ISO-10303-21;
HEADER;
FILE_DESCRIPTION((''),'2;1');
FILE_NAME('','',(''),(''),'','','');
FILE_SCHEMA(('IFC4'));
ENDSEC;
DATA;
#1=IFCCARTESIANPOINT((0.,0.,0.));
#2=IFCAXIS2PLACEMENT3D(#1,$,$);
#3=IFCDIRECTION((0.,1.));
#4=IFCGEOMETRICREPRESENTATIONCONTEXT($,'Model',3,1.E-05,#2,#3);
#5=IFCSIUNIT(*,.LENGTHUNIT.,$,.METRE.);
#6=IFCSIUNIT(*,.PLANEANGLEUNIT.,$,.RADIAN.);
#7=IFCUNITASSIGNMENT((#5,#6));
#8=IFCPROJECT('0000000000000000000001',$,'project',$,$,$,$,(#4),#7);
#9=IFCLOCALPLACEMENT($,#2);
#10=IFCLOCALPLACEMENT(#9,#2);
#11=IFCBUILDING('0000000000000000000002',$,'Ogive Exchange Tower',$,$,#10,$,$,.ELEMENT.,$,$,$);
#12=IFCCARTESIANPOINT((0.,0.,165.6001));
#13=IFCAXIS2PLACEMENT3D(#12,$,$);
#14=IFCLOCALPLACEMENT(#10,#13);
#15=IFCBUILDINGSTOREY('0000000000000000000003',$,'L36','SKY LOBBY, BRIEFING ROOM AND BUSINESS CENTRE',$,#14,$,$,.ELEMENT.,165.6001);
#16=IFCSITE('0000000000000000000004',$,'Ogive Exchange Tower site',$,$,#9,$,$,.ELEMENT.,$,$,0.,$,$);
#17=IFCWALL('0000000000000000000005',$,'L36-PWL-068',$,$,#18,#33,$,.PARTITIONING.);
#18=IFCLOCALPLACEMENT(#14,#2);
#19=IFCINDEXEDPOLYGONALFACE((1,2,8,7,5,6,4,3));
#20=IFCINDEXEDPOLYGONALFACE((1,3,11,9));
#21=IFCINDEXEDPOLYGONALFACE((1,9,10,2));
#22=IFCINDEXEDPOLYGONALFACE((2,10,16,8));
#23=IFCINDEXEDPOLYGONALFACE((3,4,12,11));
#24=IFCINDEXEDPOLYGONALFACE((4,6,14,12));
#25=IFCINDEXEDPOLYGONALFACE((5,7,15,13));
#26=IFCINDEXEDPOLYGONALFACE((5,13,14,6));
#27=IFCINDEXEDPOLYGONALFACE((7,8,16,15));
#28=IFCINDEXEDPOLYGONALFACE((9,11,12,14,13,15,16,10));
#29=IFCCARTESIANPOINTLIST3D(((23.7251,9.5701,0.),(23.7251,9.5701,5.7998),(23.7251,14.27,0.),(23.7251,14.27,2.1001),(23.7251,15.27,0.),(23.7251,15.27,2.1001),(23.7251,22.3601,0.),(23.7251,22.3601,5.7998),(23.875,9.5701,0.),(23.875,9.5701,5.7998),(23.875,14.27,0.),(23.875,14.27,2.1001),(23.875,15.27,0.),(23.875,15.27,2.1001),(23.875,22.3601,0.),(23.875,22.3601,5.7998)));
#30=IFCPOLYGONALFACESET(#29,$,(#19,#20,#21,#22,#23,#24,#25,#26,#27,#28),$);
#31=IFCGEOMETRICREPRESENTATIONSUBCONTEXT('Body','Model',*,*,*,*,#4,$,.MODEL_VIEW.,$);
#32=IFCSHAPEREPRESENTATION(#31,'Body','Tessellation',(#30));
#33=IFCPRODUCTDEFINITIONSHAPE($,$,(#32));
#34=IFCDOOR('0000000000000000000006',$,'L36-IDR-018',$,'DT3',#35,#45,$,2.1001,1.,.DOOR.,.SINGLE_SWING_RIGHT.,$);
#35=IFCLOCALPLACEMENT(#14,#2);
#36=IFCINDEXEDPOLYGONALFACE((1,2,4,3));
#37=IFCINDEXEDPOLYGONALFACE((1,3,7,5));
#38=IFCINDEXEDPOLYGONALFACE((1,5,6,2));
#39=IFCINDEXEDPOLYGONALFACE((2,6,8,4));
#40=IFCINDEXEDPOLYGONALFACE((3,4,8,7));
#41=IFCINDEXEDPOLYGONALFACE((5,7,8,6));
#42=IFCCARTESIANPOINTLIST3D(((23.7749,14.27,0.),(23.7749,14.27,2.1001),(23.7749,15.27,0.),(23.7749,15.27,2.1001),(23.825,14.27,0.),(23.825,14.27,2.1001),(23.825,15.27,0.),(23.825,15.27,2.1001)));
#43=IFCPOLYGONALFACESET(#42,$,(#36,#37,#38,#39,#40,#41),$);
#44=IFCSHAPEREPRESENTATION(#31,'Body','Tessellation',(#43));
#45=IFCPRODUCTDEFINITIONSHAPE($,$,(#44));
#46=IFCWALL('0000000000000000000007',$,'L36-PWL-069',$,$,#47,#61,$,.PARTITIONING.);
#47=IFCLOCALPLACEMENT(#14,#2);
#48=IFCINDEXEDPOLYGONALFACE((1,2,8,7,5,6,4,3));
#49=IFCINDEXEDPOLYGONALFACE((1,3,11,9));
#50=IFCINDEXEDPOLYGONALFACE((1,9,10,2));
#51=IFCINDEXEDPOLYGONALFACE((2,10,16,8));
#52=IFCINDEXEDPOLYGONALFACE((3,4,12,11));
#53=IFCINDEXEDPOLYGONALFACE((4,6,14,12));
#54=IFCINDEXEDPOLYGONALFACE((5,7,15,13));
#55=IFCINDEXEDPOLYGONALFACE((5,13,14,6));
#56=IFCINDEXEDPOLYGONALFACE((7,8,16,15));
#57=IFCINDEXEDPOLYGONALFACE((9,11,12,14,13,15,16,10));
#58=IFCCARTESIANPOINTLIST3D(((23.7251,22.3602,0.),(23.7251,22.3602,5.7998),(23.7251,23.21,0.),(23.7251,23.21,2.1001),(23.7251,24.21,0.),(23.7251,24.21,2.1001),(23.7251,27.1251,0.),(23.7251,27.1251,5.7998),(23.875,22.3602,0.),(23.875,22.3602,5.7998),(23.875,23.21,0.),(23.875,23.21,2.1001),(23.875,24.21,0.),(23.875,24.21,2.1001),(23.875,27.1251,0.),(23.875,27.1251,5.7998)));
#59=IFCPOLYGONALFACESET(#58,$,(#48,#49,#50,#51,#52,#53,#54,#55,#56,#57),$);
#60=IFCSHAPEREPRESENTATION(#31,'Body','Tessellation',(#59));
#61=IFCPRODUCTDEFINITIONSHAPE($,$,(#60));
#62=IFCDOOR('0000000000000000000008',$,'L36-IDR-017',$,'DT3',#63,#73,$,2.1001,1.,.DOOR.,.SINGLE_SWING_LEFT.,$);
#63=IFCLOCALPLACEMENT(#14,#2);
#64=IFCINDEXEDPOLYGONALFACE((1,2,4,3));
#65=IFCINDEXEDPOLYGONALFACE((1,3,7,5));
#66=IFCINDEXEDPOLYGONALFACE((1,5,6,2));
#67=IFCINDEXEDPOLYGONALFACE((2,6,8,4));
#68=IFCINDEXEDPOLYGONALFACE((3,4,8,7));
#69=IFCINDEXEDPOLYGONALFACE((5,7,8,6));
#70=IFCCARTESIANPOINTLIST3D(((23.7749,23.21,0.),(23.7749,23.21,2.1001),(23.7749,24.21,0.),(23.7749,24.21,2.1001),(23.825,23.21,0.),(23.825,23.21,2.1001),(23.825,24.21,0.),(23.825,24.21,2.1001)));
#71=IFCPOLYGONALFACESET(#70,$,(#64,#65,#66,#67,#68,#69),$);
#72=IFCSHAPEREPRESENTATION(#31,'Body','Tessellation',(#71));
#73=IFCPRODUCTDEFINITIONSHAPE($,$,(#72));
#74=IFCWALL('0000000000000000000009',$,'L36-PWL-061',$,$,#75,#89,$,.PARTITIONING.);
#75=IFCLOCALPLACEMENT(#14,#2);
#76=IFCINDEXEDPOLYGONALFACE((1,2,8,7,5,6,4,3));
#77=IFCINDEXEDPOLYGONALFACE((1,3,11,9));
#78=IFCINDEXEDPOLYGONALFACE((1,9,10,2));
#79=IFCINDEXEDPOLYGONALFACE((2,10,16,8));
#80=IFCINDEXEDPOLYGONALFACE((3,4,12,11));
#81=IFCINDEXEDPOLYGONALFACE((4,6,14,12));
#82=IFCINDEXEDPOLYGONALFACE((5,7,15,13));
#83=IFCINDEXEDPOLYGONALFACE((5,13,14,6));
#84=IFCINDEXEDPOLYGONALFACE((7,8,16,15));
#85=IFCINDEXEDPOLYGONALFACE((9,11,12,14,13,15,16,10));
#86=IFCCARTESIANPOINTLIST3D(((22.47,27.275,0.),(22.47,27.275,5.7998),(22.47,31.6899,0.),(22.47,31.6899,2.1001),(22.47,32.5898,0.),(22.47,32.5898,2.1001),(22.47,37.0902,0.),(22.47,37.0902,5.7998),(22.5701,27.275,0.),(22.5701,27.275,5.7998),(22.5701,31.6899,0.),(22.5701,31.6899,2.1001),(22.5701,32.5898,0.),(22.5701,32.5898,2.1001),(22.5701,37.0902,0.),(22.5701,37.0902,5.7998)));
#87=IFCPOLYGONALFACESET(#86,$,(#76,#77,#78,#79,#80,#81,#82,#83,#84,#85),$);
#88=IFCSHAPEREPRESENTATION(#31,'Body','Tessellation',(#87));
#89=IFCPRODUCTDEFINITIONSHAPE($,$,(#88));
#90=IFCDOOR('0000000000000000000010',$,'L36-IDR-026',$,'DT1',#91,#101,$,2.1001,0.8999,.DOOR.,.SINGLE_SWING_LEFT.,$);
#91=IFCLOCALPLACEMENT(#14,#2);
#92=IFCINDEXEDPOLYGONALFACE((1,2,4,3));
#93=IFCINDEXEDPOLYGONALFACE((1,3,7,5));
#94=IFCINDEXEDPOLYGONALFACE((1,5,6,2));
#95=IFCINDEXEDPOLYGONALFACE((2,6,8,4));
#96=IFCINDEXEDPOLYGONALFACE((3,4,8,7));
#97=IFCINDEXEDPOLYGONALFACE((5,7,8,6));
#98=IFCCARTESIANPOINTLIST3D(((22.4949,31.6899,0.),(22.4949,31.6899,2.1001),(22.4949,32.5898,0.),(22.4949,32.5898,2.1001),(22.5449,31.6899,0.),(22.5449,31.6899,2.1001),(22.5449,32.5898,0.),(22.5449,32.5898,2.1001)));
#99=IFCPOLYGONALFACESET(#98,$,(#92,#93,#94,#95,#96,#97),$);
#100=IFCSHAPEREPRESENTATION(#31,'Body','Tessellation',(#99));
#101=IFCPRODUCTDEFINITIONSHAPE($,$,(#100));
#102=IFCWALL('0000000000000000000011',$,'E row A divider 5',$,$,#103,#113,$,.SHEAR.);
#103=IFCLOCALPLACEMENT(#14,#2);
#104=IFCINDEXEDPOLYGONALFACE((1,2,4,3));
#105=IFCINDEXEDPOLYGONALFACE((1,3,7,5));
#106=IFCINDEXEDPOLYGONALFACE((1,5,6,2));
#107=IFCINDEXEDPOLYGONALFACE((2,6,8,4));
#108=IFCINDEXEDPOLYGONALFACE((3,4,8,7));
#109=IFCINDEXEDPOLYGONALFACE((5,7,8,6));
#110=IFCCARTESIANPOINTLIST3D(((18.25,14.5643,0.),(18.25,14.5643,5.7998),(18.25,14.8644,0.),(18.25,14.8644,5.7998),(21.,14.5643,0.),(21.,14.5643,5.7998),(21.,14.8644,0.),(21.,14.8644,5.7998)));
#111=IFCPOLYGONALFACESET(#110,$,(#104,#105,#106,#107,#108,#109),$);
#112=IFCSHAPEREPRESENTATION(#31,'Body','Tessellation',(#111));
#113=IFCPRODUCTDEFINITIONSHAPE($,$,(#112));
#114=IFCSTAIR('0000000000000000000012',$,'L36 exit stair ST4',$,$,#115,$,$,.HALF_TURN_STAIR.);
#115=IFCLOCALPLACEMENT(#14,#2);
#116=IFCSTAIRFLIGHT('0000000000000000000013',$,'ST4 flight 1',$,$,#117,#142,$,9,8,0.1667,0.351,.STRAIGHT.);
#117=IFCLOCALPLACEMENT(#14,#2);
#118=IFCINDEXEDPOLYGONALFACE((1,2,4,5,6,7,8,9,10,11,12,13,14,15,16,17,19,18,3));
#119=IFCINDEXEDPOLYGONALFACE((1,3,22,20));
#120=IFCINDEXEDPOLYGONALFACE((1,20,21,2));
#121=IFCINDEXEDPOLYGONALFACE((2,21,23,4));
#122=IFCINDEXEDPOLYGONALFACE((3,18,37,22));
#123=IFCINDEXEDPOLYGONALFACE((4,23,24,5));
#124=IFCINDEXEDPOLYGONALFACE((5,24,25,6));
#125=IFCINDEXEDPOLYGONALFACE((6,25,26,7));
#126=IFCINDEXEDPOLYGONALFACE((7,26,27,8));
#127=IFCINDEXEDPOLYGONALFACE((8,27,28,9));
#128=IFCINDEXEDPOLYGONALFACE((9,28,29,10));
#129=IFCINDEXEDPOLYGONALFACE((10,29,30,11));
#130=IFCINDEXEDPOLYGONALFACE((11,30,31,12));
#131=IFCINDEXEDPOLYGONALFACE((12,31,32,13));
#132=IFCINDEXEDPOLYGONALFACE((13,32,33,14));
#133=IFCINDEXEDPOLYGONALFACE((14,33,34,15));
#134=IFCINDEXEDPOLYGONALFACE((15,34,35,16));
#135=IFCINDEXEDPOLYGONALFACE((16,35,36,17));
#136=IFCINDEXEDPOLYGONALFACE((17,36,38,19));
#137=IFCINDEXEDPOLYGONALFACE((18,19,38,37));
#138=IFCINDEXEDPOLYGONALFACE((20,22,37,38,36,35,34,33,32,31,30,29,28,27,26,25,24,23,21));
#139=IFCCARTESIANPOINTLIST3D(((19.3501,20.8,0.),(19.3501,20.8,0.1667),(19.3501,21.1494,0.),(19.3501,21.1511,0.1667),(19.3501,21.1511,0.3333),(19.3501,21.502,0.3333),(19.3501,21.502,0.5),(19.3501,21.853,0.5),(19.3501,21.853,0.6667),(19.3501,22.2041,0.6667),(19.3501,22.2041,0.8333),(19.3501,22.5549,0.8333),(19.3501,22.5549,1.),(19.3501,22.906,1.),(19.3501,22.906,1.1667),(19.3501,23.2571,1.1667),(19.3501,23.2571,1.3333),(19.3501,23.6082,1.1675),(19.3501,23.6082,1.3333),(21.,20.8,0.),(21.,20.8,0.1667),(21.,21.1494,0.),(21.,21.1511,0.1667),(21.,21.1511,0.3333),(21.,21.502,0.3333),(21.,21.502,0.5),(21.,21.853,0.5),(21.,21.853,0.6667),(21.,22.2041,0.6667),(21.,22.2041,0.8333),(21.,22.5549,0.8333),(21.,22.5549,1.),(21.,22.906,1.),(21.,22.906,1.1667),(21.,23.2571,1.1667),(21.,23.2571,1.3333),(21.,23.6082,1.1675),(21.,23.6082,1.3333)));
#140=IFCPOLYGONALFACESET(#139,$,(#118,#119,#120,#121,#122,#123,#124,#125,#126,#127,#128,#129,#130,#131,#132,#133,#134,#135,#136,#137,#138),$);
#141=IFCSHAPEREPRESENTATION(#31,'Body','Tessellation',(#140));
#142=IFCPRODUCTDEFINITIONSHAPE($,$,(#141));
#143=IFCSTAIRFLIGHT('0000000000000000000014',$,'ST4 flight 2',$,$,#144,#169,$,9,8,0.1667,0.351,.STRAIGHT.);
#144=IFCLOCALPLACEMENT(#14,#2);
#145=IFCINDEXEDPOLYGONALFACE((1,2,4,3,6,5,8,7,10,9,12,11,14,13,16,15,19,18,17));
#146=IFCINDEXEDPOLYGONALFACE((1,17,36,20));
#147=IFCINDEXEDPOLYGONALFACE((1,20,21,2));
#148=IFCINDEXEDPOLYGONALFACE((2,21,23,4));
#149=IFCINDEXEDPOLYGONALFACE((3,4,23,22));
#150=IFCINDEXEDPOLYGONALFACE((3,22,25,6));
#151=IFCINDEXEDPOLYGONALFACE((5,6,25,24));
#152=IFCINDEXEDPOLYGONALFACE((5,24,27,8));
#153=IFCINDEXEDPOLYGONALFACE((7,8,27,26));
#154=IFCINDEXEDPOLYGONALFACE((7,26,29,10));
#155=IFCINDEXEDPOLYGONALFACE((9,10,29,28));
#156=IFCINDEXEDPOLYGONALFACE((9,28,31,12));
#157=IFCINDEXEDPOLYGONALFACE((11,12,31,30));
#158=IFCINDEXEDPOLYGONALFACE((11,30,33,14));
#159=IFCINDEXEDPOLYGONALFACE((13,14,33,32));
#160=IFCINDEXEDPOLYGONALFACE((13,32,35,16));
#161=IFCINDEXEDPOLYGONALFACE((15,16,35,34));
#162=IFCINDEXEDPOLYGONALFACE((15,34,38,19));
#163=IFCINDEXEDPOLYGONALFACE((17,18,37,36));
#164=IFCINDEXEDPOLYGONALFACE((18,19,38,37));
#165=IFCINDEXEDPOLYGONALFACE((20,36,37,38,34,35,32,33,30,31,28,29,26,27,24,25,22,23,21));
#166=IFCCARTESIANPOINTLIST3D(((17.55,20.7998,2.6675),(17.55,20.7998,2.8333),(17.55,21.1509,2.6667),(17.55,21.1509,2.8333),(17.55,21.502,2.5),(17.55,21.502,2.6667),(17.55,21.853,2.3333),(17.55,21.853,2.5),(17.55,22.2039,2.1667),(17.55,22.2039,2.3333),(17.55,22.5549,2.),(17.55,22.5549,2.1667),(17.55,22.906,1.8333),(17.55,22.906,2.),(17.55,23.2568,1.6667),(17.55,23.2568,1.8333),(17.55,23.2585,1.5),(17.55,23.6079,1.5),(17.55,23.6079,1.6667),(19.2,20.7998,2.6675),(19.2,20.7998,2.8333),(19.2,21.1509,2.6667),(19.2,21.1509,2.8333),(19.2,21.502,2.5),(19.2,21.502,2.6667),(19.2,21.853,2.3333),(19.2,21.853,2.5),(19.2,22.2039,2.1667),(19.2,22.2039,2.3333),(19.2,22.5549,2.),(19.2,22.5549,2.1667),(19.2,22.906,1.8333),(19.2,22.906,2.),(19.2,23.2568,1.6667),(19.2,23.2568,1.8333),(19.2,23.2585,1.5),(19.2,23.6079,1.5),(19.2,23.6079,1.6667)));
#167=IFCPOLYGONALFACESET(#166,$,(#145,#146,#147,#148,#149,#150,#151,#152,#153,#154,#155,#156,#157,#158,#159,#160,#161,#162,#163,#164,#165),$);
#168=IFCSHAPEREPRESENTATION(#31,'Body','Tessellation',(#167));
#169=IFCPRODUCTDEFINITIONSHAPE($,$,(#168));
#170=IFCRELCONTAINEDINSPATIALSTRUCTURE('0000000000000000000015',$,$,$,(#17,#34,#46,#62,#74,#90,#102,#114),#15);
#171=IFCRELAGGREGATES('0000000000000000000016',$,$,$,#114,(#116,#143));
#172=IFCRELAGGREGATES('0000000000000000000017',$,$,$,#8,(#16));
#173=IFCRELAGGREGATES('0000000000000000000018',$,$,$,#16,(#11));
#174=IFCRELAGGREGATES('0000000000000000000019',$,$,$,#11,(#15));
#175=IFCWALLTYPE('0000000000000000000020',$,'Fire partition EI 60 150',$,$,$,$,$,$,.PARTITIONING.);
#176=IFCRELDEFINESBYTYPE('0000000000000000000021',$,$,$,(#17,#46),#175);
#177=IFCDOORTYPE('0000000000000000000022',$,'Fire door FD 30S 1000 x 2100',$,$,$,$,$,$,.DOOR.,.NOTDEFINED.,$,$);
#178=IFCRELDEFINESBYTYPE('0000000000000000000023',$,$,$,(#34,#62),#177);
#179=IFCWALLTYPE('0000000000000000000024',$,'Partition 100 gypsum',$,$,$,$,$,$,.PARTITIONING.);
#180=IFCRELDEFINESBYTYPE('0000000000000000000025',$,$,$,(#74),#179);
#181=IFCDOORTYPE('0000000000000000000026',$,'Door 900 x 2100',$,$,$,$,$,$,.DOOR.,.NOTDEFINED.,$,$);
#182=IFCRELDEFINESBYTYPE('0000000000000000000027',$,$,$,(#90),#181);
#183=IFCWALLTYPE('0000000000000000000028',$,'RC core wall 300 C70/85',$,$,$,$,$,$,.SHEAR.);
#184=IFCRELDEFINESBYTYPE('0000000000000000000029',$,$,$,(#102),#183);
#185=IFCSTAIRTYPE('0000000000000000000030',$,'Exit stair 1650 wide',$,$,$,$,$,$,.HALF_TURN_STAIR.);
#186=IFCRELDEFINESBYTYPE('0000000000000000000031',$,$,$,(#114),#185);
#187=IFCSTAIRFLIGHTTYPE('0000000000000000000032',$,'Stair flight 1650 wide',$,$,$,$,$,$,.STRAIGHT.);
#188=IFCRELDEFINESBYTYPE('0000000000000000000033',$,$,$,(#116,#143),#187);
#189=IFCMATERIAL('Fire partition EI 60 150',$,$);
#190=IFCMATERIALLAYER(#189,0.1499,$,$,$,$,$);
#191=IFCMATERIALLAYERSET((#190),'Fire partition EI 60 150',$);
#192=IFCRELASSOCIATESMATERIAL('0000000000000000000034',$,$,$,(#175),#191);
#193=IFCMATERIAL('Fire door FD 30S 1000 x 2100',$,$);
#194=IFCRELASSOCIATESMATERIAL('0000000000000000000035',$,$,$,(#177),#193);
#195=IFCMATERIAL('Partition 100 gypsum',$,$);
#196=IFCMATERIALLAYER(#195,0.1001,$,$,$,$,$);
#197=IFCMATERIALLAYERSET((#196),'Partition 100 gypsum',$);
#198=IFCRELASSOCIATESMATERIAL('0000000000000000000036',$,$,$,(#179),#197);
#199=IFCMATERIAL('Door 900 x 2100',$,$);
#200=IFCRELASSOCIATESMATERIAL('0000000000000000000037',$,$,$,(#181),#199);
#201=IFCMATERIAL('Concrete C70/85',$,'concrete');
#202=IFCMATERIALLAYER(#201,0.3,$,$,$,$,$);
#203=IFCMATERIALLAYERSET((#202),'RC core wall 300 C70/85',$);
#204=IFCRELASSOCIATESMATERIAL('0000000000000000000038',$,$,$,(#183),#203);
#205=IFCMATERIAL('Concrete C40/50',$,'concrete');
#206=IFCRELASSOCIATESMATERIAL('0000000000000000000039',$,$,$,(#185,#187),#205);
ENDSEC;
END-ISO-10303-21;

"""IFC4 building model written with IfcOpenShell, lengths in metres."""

from ifc_helpers import new_model, si_unit, direction, frame, frame_2d, origin, place, context, subcontext, project, spatial, polyline, rectangle, outline, extrude, material, layer, layer_set, type_object, element, fill, aggregate, save


model = new_model("IFC4")

# Units and contexts
model_context = context("Model", 3, precision=1e-05, world=origin(), true_north=direction((0.0, 1.0)))
body_context = subcontext(model_context, "Body", "Model", "MODEL_VIEW")
ifc_project = project(units=[si_unit("LENGTHUNIT", "METRE"), si_unit("PLANEANGLEUNIT", "RADIAN")], contexts=[model_context])

# Site, building, storey
site_placement = place(None, origin())
site = spatial("IfcSite", under=ifc_project, at=site_placement, Name="Ogive Exchange Tower site", CompositionType="ELEMENT", RefElevation=0.0)
building_placement = place(site_placement, origin())
building = spatial("IfcBuilding", under=site, at=building_placement, Name="Ogive Exchange Tower", CompositionType="ELEMENT")
storey_placement = place(building_placement, frame((0.0, 0.0, 165.6001)))
storey = spatial("IfcBuildingStorey", under=building, at=storey_placement, Name="L36", Description="SKY LOBBY, BRIEFING ROOM AND BUSINESS CENTRE", CompositionType="ELEMENT", Elevation=165.6001)

# Shared definitions
ifc_material_1 = material(Name="Fire partition EI 60 150")
ifc_layer_1 = layer(ifc_material_1, 0.1499)
ifc_layer_set_1 = layer_set([ifc_layer_1], Name="Fire partition EI 60 150")
wall_type_1 = type_object("IfcWallType", Name="Fire partition EI 60 150", PredefinedType="PARTITIONING", material=ifc_layer_set_1)

# Walls, openings, doors
wall_1_placement = place(storey_placement, frame((23.8, 22.3601, 0.0), z_axis=(0.0, 0.0, 1.0), x_axis=(0.0, -1.0, 0.0)))
wall_1 = element("IfcWall", 1, at=wall_1_placement, inside=storey, type_object=wall_type_1, Name="L36-PWL-068", PredefinedType="PARTITIONING", context=body_context, shape_type="SweptSolid", body=[
    extrude(rectangle(XDim=12.79, YDim=0.1499, at=frame_2d((6.395, 0.0))), origin(), (0.0, 0.0, 1.0), 5.7998),
])
opening_1_placement = place(wall_1_placement, frame((7.0901, 0.0, 0.0)))
opening_1 = element("IfcOpeningElement", 2, at=opening_1_placement, cuts=wall_1, PredefinedType="OPENING", context=body_context, shape_type="SweptSolid", body=[
    extrude(rectangle(XDim=1.0, YDim=2.1001, at=frame_2d((0.5, 1.05))), frame((0.0, 0.085, 0.0), z_axis=(0.0, -1.0, 0.0), x_axis=(1.0, 0.0, 0.0)), (0.0, 0.0, 1.0), 0.1699),
])
ifc_material_2 = material(Name="Fire door FD 30S 1000 x 2100")
door_type_1 = type_object("IfcDoorType", Name="Fire door FD 30S 1000 x 2100", OperationType="NOTDEFINED", PredefinedType="DOOR", material=ifc_material_2)
door_1_placement = place(opening_1_placement, origin())
door_1 = element("IfcDoor", 3, at=door_1_placement, inside=storey, type_object=door_type_1, Name="L36-IDR-018", ObjectType="DT3", OperationType="SINGLE_SWING_RIGHT", OverallHeight=2.1001, OverallWidth=1.0, PredefinedType="DOOR", context=body_context, shape_type="SweptSolid", body=[
    extrude(rectangle(XDim=1.0, YDim=2.1001, at=frame_2d((0.5, 1.05))), frame((0.0, 0.0249, 0.0), z_axis=(0.0, -1.0, 0.0), x_axis=(1.0, 0.0, 0.0)), (0.0, 0.0, 1.0), 0.05),
])
fill(opening_1, door_1)
wall_2_placement = place(storey_placement, frame((23.8, 27.125, 0.0), z_axis=(0.0, 0.0, 1.0), x_axis=(0.0, -1.0, 0.0)))
wall_2 = element("IfcWall", 4, at=wall_2_placement, inside=storey, type_object=wall_type_1, Name="L36-PWL-069", PredefinedType="PARTITIONING", context=body_context, shape_type="SweptSolid", body=[
    extrude(rectangle(XDim=4.7649, YDim=0.1499, at=frame_2d((2.3823, 0.0))), origin(), (0.0, 0.0, 1.0), 5.7998),
])
opening_2_placement = place(wall_2_placement, frame((2.915, 0.0, 0.0)))
opening_2 = element("IfcOpeningElement", 5, at=opening_2_placement, cuts=wall_2, PredefinedType="OPENING", context=body_context, shape_type="SweptSolid", body=[
    extrude(rectangle(XDim=1.0, YDim=2.1001, at=frame_2d((0.5, 1.05))), frame((0.0, 0.085, 0.0), z_axis=(0.0, -1.0, 0.0), x_axis=(1.0, 0.0, 0.0)), (0.0, 0.0, 1.0), 0.1699),
])
door_2_placement = place(opening_2_placement, origin())
door_2 = element("IfcDoor", 6, at=door_2_placement, inside=storey, type_object=door_type_1, Name="L36-IDR-017", ObjectType="DT3", OperationType="SINGLE_SWING_LEFT", OverallHeight=2.1001, OverallWidth=1.0, PredefinedType="DOOR", context=body_context, shape_type="SweptSolid", body=[
    extrude(rectangle(XDim=1.0, YDim=2.1001, at=frame_2d((0.5, 1.05))), frame((0.0, 0.0249, 0.0), z_axis=(0.0, -1.0, 0.0), x_axis=(1.0, 0.0, 0.0)), (0.0, 0.0, 1.0), 0.05),
])
fill(opening_2, door_2)
ifc_material_3 = material(Name="Partition 100 gypsum")
ifc_layer_2 = layer(ifc_material_3, 0.1001)
ifc_layer_set_2 = layer_set([ifc_layer_2], Name="Partition 100 gypsum")
wall_type_2 = type_object("IfcWallType", Name="Partition 100 gypsum", PredefinedType="PARTITIONING", material=ifc_layer_set_2)
wall_3_placement = place(storey_placement, frame((22.52, 27.2749, 0.0), z_axis=(0.0, 0.0, 1.0), x_axis=(0.0, 1.0, 0.0)))
wall_3 = element("IfcWall", 7, at=wall_3_placement, inside=storey, type_object=wall_type_2, Name="L36-PWL-061", PredefinedType="PARTITIONING", context=body_context, shape_type="SweptSolid", body=[
    extrude(rectangle(XDim=9.8152, YDim=0.1001, at=frame_2d((4.9077, 0.0))), origin(), (0.0, 0.0, 1.0), 5.7998),
])
opening_3_placement = place(wall_3_placement, frame((4.415, 0.0, 0.0)))
opening_3 = element("IfcOpeningElement", 8, at=opening_3_placement, cuts=wall_3, PredefinedType="OPENING", context=body_context, shape_type="SweptSolid", body=[
    extrude(rectangle(XDim=0.8999, YDim=2.1001, at=frame_2d((0.45, 1.05))), frame((0.0, 0.0601, 0.0), z_axis=(0.0, -1.0, 0.0), x_axis=(1.0, 0.0, 0.0)), (0.0, 0.0, 1.0), 0.1201),
])
ifc_material_4 = material(Name="Door 900 x 2100")
door_type_2 = type_object("IfcDoorType", Name="Door 900 x 2100", OperationType="NOTDEFINED", PredefinedType="DOOR", material=ifc_material_4)
door_3_placement = place(opening_3_placement, frame((0.8999, 0.0, 0.0), z_axis=(0.0, 0.0, 1.0), x_axis=(-1.0, 0.0, 0.0)))
door_3 = element("IfcDoor", 9, at=door_3_placement, inside=storey, type_object=door_type_2, Name="L36-IDR-026", ObjectType="DT1", OperationType="SINGLE_SWING_LEFT", OverallHeight=2.1001, OverallWidth=0.8999, PredefinedType="DOOR", context=body_context, shape_type="SweptSolid", body=[
    extrude(rectangle(XDim=0.8999, YDim=2.1001, at=frame_2d((0.45, 1.05))), frame((0.0, 0.0249, 0.0), z_axis=(0.0, -1.0, 0.0), x_axis=(1.0, 0.0, 0.0)), (0.0, 0.0, 1.0), 0.05),
])
fill(opening_3, door_3)

# Wall
ifc_material_5 = material(Name="Concrete C70/85", Category="concrete")
ifc_layer_3 = layer(ifc_material_5, 0.3)
ifc_layer_set_3 = layer_set([ifc_layer_3], Name="RC core wall 300 C70/85")
wall_type_3 = type_object("IfcWallType", Name="RC core wall 300 C70/85", PredefinedType="SHEAR", material=ifc_layer_set_3)
wall_4_placement = place(storey_placement, frame((18.25, 14.7144, 0.0), z_axis=(0.0, 0.0, 1.0), x_axis=(1.0, 0.0, 0.0)))
element("IfcWall", 10, at=wall_4_placement, inside=storey, type_object=wall_type_3, Name="E row A divider 5", PredefinedType="SHEAR", context=body_context, shape_type="SweptSolid", body=[
    extrude(rectangle(XDim=2.75, YDim=0.3, at=frame_2d((1.375, 0.0))), origin(), (0.0, 0.0, 1.0), 5.7998),
])

# Stair, stair flights
ifc_material_6 = material(Name="Concrete C40/50", Category="concrete")
stair_type = type_object("IfcStairType", Name="Exit stair 1650 wide", PredefinedType="HALF_TURN_STAIR", material=ifc_material_6)
stair_placement = place(storey_placement, origin())
stair = element("IfcStair", 11, at=stair_placement, inside=storey, type_object=stair_type, Name="L36 exit stair ST4", PredefinedType="HALF_TURN_STAIR")
stair_flight_type = type_object("IfcStairFlightType", Name="Stair flight 1650 wide", PredefinedType="STRAIGHT", material=ifc_material_6)
stair_flight_1_placement = place(storey_placement, frame((20.175, 20.8, 0.0), z_axis=(0.0, 0.0, 1.0), x_axis=(0.0, 1.0, 0.0)))
stair_flight_1 = element("IfcStairFlight", 12, at=stair_flight_1_placement, type_object=stair_flight_type, Name="ST4 flight 1", NumberOfRisers=9, NumberOfTreads=8, PredefinedType="STRAIGHT", RiserHeight=0.1667, TreadLength=0.351, context=body_context, shape_type="SweptSolid", body=[
    extrude(outline(polyline([(0.0, 0.0), (0.0, 0.1667), (0.3511, 0.1667), (0.3511, 0.3333), (0.7019, 0.3333), (0.7019, 0.5), (1.053, 0.5), (1.053, 0.6667), (1.4041, 0.6667), (1.4041, 0.8333), (1.7549, 0.8333), (1.7549, 1.0), (2.106, 1.0), (2.106, 1.1667), (2.457, 1.1667), (2.457, 1.3333), (2.8081, 1.3333), (2.8081, 1.5), (2.8081, 1.1675), (0.3494, 0.0), (0.0, 0.0)])), frame((0.0, 0.825, 0.0), z_axis=(0.0, -1.0, 0.0), x_axis=(1.0, 0.0, 0.0)), (0.0, 0.0, 1.0), 1.6499),
])
stair_flight_2_placement = place(storey_placement, frame((18.375, 23.6079, 1.5), z_axis=(0.0, 0.0, 1.0), x_axis=(0.0, -1.0, 0.0)))
stair_flight_2 = element("IfcStairFlight", 13, at=stair_flight_2_placement, type_object=stair_flight_type, Name="ST4 flight 2", NumberOfRisers=9, NumberOfTreads=8, PredefinedType="STRAIGHT", RiserHeight=0.1667, TreadLength=0.351, context=body_context, shape_type="SweptSolid", body=[
    extrude(outline(polyline([(0.0, 0.0), (0.0, 0.1667), (0.3511, 0.1667), (0.3511, 0.3333), (0.7019, 0.3333), (0.7019, 0.5), (1.053, 0.5), (1.053, 0.6667), (1.4041, 0.6667), (1.4041, 0.8333), (1.7549, 0.8333), (1.7549, 1.0), (2.106, 1.0), (2.106, 1.1667), (2.457, 1.1667), (2.457, 1.3333), (2.8081, 1.3333), (2.8081, 1.5), (2.8081, 1.1675), (0.3494, 0.0), (0.0, 0.0)])), frame((0.0, 0.825, 0.0), z_axis=(0.0, -1.0, 0.0), x_axis=(1.0, 0.0, 0.0)), (0.0, 0.0, 1.0), 1.6499),
])
aggregate(stair, [stair_flight_1, stair_flight_2])

save(model, "model.ifc")
